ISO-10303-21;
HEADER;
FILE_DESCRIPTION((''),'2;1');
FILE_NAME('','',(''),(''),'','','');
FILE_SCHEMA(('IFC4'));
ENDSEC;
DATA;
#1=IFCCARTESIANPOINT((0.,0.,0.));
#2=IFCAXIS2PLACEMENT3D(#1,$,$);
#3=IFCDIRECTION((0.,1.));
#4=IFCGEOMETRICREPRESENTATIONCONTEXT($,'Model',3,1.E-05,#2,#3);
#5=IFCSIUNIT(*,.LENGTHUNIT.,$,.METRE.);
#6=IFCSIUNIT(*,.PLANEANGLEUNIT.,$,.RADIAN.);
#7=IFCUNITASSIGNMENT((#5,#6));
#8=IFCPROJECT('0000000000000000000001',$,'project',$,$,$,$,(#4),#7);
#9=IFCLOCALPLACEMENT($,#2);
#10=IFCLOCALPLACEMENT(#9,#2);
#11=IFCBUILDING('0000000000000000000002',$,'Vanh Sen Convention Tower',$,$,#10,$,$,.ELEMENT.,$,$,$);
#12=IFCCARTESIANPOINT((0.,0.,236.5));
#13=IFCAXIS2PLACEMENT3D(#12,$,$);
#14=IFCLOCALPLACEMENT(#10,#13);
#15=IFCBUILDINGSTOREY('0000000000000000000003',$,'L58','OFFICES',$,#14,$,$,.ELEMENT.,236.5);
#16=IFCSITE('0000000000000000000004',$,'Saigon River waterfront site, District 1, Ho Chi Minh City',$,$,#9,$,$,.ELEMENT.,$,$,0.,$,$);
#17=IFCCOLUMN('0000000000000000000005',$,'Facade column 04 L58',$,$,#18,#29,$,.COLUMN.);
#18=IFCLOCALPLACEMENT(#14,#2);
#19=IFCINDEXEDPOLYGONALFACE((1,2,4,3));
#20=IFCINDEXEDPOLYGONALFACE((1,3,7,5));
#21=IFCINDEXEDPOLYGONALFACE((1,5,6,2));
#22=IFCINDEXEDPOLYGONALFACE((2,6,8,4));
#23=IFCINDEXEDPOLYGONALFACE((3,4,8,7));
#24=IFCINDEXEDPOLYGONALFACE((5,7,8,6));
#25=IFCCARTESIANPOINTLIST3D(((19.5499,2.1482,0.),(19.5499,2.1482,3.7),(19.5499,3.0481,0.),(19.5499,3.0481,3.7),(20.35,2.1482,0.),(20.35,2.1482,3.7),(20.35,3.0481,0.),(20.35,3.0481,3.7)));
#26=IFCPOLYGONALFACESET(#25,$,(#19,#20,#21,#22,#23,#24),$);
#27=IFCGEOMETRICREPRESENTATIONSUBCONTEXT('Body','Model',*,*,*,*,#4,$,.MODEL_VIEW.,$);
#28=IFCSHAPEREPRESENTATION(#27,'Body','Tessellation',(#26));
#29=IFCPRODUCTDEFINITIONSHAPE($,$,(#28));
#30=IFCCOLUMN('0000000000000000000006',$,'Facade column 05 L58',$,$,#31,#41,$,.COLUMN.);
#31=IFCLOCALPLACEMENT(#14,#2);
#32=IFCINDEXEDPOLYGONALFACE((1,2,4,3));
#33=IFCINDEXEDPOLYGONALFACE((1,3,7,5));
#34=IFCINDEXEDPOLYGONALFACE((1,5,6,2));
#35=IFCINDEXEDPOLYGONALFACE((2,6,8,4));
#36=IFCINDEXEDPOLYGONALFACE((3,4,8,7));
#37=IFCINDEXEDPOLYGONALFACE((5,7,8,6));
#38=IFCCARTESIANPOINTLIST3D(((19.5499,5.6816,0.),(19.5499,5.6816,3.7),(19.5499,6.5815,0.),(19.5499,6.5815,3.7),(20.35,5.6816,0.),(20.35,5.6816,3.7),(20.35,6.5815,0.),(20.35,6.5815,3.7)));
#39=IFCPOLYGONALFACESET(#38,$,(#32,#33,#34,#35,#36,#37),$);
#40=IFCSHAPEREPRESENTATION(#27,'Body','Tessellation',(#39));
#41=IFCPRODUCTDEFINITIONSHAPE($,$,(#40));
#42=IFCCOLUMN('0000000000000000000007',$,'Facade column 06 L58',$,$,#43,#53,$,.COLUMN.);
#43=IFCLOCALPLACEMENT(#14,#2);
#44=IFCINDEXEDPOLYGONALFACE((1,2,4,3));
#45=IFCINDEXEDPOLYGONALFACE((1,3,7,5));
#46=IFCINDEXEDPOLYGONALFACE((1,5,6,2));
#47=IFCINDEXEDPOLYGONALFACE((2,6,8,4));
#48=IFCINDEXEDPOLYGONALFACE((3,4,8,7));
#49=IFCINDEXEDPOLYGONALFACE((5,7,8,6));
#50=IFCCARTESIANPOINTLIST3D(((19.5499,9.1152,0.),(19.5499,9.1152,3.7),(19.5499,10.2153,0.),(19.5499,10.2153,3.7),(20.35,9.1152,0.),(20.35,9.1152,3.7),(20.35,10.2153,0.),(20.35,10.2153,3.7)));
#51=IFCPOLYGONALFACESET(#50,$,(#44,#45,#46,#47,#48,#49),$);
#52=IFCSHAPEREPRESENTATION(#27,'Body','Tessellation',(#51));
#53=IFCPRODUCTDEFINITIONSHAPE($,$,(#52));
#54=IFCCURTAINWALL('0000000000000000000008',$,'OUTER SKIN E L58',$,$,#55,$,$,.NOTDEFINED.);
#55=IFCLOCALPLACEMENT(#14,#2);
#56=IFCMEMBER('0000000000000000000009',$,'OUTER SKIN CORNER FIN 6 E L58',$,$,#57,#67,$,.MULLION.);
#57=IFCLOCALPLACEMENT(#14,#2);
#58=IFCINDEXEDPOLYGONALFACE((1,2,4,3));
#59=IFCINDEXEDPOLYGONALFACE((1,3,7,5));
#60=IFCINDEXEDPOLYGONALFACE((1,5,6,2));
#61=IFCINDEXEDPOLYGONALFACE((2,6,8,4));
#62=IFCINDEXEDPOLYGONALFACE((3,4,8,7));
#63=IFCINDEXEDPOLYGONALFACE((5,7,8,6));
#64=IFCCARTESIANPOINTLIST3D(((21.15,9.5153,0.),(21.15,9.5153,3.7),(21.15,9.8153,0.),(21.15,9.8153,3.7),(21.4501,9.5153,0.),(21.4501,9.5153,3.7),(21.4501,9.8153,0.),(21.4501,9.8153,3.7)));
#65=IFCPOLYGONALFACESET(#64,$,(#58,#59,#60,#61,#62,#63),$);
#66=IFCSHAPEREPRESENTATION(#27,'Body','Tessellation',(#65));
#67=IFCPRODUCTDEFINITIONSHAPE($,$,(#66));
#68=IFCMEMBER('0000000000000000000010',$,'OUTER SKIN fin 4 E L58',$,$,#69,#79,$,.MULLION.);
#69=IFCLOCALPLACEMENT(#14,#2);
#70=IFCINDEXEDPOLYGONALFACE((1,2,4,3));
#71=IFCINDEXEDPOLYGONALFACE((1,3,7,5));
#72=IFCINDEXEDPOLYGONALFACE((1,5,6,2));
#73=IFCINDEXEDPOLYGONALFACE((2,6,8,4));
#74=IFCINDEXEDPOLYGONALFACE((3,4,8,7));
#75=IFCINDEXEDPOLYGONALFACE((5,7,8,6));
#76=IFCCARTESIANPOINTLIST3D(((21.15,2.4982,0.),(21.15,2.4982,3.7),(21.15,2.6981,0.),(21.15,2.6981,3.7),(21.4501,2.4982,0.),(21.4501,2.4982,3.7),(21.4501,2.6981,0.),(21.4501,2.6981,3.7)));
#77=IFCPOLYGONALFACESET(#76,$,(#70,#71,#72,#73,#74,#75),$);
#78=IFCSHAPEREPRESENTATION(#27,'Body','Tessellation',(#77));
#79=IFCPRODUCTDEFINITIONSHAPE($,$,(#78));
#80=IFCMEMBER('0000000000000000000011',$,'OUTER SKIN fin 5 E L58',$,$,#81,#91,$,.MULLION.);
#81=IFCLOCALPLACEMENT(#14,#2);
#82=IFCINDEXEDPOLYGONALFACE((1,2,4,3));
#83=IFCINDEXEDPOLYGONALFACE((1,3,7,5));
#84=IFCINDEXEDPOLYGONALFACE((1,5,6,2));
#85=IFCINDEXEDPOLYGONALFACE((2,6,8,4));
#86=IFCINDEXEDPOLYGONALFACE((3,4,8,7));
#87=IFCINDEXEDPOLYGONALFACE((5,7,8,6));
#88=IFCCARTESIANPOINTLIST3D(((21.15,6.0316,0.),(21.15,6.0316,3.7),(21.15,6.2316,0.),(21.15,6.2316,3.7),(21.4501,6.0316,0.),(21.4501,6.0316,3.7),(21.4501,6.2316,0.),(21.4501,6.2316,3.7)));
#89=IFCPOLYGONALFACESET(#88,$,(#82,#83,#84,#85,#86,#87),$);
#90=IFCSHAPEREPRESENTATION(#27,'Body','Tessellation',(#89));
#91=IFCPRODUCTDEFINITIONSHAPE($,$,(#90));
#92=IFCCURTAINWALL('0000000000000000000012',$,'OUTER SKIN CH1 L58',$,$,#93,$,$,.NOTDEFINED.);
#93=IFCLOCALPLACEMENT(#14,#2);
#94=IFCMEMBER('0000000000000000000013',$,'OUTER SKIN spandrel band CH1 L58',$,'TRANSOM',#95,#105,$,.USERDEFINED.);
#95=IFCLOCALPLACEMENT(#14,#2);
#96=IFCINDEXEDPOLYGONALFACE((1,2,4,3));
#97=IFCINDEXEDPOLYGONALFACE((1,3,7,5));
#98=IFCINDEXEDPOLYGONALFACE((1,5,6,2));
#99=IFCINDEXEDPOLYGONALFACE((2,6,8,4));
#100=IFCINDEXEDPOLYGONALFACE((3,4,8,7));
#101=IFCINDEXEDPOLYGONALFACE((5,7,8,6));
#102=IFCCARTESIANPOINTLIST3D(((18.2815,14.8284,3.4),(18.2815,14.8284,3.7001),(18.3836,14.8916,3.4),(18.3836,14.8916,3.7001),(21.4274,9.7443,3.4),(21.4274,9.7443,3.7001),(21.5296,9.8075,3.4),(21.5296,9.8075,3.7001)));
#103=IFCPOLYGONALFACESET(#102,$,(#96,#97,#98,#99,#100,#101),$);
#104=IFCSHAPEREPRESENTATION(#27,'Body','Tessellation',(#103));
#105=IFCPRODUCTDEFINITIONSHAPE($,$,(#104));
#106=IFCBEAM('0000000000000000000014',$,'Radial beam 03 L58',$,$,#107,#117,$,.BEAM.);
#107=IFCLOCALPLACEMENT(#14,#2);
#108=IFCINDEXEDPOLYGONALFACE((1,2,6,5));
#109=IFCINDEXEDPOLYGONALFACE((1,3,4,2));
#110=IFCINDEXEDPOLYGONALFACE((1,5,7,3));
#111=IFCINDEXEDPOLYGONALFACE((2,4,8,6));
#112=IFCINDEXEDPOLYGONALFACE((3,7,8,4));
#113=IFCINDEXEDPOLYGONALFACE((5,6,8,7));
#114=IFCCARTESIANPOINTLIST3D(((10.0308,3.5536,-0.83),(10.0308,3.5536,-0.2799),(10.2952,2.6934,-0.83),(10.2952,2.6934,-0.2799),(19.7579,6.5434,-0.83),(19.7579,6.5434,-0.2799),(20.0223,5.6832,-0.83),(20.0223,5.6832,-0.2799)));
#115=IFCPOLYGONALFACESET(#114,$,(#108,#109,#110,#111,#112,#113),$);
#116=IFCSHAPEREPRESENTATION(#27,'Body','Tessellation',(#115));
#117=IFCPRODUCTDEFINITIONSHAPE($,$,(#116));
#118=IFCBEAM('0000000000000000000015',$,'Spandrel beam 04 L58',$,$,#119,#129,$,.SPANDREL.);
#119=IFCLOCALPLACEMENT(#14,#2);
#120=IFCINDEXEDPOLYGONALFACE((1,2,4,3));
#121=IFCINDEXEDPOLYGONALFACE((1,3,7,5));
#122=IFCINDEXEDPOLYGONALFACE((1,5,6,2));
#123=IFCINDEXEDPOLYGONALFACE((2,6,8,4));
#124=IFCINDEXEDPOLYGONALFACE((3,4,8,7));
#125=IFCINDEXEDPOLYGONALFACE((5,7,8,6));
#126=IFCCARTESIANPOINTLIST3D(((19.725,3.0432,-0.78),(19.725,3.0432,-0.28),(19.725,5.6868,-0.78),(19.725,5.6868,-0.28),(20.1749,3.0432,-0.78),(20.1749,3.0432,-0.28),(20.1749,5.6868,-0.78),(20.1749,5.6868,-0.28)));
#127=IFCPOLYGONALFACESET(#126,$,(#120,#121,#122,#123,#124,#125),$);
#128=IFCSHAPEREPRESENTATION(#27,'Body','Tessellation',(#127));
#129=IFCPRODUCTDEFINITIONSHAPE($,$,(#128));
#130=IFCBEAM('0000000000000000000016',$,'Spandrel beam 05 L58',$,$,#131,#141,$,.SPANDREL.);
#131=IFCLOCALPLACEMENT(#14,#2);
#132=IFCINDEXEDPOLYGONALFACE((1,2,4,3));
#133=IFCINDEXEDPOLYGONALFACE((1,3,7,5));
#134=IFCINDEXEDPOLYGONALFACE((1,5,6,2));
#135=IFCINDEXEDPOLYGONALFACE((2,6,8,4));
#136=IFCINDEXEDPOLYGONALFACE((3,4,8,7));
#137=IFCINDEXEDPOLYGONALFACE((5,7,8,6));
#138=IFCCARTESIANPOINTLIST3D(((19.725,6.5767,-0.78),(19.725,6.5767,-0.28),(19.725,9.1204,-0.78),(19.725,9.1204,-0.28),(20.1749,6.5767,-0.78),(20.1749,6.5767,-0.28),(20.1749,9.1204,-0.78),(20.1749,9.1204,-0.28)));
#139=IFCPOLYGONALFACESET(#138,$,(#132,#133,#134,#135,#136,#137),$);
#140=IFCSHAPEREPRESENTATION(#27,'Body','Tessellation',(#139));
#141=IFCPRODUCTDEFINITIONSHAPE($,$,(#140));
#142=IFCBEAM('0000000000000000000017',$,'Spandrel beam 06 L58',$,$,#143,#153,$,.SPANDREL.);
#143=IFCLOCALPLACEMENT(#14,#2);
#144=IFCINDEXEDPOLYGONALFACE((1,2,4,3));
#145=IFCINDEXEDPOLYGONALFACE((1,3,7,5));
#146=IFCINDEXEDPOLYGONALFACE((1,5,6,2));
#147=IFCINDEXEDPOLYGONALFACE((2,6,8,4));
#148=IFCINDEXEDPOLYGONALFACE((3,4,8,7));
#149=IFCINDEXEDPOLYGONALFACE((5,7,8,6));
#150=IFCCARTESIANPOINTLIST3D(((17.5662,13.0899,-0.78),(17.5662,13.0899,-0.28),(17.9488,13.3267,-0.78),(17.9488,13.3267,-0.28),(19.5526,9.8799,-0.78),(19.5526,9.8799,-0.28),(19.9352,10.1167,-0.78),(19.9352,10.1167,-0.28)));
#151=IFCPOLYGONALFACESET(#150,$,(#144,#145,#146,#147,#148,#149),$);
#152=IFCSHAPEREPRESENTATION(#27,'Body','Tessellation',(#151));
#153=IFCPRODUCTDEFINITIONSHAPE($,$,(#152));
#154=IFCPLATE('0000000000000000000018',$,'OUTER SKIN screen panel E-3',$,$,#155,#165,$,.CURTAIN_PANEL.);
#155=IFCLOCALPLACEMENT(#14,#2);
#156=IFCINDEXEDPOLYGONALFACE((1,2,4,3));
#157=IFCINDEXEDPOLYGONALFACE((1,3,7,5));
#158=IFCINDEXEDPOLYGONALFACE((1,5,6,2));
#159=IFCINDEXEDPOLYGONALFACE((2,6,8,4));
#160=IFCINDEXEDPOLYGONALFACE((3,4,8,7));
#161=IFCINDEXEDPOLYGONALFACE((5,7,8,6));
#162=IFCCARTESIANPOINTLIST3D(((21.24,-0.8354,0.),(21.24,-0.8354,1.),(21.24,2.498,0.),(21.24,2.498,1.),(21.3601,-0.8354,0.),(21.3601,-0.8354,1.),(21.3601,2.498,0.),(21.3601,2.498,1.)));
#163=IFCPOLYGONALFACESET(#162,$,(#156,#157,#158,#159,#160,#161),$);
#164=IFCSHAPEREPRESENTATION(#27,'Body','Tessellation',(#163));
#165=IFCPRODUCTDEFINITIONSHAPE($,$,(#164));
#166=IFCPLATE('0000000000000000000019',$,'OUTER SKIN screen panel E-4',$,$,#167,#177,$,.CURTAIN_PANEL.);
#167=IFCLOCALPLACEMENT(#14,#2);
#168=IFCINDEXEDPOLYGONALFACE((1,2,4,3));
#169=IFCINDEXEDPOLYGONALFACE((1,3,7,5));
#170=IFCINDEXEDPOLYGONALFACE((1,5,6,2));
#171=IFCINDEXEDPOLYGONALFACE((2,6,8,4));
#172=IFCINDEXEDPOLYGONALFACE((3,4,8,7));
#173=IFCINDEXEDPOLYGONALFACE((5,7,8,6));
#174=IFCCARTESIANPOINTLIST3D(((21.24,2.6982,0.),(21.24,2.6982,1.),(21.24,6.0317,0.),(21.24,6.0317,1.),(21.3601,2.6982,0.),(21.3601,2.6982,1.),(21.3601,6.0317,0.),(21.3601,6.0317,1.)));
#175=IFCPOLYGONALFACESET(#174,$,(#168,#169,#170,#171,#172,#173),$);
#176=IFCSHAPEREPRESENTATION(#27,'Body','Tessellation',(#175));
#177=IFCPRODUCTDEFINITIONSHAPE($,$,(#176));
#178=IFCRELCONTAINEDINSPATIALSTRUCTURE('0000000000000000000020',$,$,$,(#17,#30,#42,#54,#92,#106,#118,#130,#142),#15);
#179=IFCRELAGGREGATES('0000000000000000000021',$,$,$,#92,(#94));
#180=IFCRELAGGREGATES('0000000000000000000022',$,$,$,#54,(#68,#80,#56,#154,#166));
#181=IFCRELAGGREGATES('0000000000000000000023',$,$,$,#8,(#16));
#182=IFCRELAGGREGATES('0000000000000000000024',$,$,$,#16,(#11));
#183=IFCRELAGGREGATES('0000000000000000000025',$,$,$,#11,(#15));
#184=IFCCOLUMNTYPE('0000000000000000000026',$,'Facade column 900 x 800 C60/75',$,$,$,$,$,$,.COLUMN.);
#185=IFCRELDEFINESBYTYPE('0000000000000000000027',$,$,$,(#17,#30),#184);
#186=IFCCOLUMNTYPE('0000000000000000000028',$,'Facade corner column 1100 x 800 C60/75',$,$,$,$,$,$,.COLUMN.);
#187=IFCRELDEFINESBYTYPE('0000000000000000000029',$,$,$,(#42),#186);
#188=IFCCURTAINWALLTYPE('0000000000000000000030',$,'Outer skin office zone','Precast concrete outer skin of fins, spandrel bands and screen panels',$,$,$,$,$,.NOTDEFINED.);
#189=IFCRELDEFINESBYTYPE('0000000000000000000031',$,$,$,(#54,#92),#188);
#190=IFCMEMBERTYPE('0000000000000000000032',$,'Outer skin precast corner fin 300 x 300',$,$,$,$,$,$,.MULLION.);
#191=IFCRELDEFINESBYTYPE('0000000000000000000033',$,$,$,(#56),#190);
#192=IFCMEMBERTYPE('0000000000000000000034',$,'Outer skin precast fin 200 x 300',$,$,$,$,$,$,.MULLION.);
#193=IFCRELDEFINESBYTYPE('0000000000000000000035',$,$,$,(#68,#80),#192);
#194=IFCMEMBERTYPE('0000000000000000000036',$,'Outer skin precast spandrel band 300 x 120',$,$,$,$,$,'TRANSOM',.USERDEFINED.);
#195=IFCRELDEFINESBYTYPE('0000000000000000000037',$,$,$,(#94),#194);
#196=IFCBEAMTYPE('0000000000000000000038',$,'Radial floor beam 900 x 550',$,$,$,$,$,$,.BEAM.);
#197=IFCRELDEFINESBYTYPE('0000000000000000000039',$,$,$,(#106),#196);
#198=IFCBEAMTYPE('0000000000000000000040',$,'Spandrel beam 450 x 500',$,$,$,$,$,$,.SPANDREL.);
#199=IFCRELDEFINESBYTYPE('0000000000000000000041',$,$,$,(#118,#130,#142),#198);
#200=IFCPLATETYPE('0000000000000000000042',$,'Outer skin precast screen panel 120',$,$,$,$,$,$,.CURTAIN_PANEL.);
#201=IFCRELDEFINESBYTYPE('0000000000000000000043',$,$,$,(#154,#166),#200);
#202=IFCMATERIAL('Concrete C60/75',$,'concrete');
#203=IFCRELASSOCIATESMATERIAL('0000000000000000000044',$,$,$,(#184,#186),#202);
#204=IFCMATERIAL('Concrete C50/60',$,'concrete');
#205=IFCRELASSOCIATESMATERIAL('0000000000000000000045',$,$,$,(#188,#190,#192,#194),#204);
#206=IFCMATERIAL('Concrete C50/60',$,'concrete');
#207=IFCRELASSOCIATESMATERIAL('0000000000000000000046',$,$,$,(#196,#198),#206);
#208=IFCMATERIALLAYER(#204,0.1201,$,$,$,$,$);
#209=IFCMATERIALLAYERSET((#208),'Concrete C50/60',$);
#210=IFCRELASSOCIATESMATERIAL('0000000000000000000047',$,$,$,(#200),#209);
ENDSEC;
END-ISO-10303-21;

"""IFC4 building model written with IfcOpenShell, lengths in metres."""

from ifc_helpers import new_model, si_unit, direction, frame, origin, origin_2d, place, context, subcontext, project, spatial, rectangle, extrude, material, layer, layer_set, material_profile, profile_set, type_object, element, aggregate, save


model = new_model("IFC4")

# Units and contexts
model_context = context("Model", 3, precision=1e-05, world=origin(), true_north=direction((0.0, 1.0)))
body_context = subcontext(model_context, "Body", "Model", "MODEL_VIEW")
ifc_project = project(units=[si_unit("LENGTHUNIT", "METRE"), si_unit("PLANEANGLEUNIT", "RADIAN")], contexts=[model_context])

# Site, building, storey
site_placement = place(None, origin())
site = spatial("IfcSite", under=ifc_project, at=site_placement, Name="Saigon River waterfront site, District 1, Ho Chi Minh City", CompositionType="ELEMENT", RefElevation=0.0)
building_placement = place(site_placement, origin())
building = spatial("IfcBuilding", under=site, at=building_placement, Name="Vanh Sen Convention Tower", CompositionType="ELEMENT")
storey_placement = place(building_placement, frame((0.0, 0.0, 236.5)))
storey = spatial("IfcBuildingStorey", under=building, at=storey_placement, Name="L58", Description="OFFICES", CompositionType="ELEMENT", Elevation=236.5)

# Columns
ifc_material_1 = material(Name="Concrete C60/75", Category="concrete")
ifc_material_profile_1 = material_profile(ifc_material_1, rectangle(XDim=0.8999, YDim=0.8, at=origin_2d()), Name="RC 900X800")
ifc_profile_set_1 = profile_set([ifc_material_profile_1], Name="Concrete C60/75")
column_type_1 = type_object("IfcColumnType", Name="Facade column 900 x 800 C60/75", PredefinedType="COLUMN", material=ifc_profile_set_1)
for number, where, z_axis, x_axis, name in (
    (1, (19.95, 2.5981, 0.0), (0.0, 0.0, 1.0), (0.0, 1.0, 0.0), "Facade column 04 L58"),
    (2, (19.95, 6.1316, 0.0), (0.0, 0.0, 1.0), (0.0, 1.0, 0.0), "Facade column 05 L58"),
):
    element("IfcColumn", number, at=place(storey_placement, frame(where, z_axis=z_axis, x_axis=x_axis)), inside=storey, type_object=column_type_1, Name=name, PredefinedType="COLUMN", context=body_context, shape_type="SweptSolid", body=[
        extrude(rectangle(XDim=0.8999, YDim=0.8, at=origin_2d()), origin(), (0.0, 0.0, 1.0), 3.7),
    ])
ifc_material_profile_2 = material_profile(ifc_material_1, rectangle(XDim=1.1001, YDim=0.8, at=origin_2d()), Name="RC 1100X800")
ifc_profile_set_2 = profile_set([ifc_material_profile_2], Name="Concrete C60/75")
column_type_2 = type_object("IfcColumnType", Name="Facade corner column 1100 x 800 C60/75", PredefinedType="COLUMN", material=ifc_profile_set_2)
column_placement = place(storey_placement, frame((19.95, 9.6653, 0.0), z_axis=(0.0, 0.0, 1.0), x_axis=(0.0, 1.0, 0.0)))
element("IfcColumn", 3, at=column_placement, inside=storey, type_object=column_type_2, Name="Facade column 06 L58", PredefinedType="COLUMN", context=body_context, shape_type="SweptSolid", body=[
    extrude(rectangle(XDim=1.1001, YDim=0.8, at=origin_2d()), origin(), (0.0, 0.0, 1.0), 3.7),
])

# Curtain wall, members
ifc_material_2 = material(Name="Concrete C50/60", Category="concrete")
curtain_wall_type = type_object("IfcCurtainWallType", Name="Outer skin office zone", Description="Precast concrete outer skin of fins, spandrel bands and screen panels", PredefinedType="NOTDEFINED", material=ifc_material_2)
curtain_wall_1_placement = place(storey_placement, origin())
curtain_wall_1 = element("IfcCurtainWall", 4, at=curtain_wall_1_placement, inside=storey, type_object=curtain_wall_type, Name="OUTER SKIN E L58", PredefinedType="NOTDEFINED")
ifc_material_profile_3 = material_profile(ifc_material_2, rectangle(XDim=0.3, YDim=0.3, at=origin_2d()), Name="Outer skin precast corner fin 300 x 300")
ifc_profile_set_3 = profile_set([ifc_material_profile_3], Name="Concrete C50/60")
member_type_1 = type_object("IfcMemberType", Name="Outer skin precast corner fin 300 x 300", PredefinedType="MULLION", material=ifc_profile_set_3)
member_1_placement = place(storey_placement, frame((21.3, 9.6653, 0.0), z_axis=(0.0, 0.0, 1.0), x_axis=(0.0, 1.0, 0.0)))
member_1 = element("IfcMember", 5, at=member_1_placement, type_object=member_type_1, Name="OUTER SKIN CORNER FIN 6 E L58", PredefinedType="MULLION", context=body_context, shape_type="SweptSolid", body=[
    extrude(rectangle(XDim=0.3, YDim=0.3, at=origin_2d()), origin(), (0.0, 0.0, 1.0), 3.7),
])
ifc_material_profile_4 = material_profile(ifc_material_2, rectangle(XDim=0.2, YDim=0.3, at=origin_2d()), Name="Outer skin precast fin 200 x 300")
ifc_profile_set_4 = profile_set([ifc_material_profile_4], Name="Concrete C50/60")
member_type_2 = type_object("IfcMemberType", Name="Outer skin precast fin 200 x 300", PredefinedType="MULLION", material=ifc_profile_set_4)
member_2_placement = place(storey_placement, frame((21.3, 2.5981, 0.0), z_axis=(0.0, 0.0, 1.0), x_axis=(0.0, 1.0, 0.0)))
member_2 = element("IfcMember", 6, at=member_2_placement, type_object=member_type_2, Name="OUTER SKIN fin 4 E L58", PredefinedType="MULLION", context=body_context, shape_type="SweptSolid", body=[
    extrude(rectangle(XDim=0.2, YDim=0.3, at=origin_2d()), origin(), (0.0, 0.0, 1.0), 3.7),
])
member_3_placement = place(storey_placement, frame((21.3, 6.1316, 0.0), z_axis=(0.0, 0.0, 1.0), x_axis=(0.0, 1.0, 0.0)))
member_3 = element("IfcMember", 7, at=member_3_placement, type_object=member_type_2, Name="OUTER SKIN fin 5 E L58", PredefinedType="MULLION", context=body_context, shape_type="SweptSolid", body=[
    extrude(rectangle(XDim=0.2, YDim=0.3, at=origin_2d()), origin(), (0.0, 0.0, 1.0), 3.7),
])

# Curtain wall, member
curtain_wall_2_placement = place(storey_placement, origin())
curtain_wall_2 = element("IfcCurtainWall", 8, at=curtain_wall_2_placement, inside=storey, type_object=curtain_wall_type, Name="OUTER SKIN CH1 L58", PredefinedType="NOTDEFINED")
ifc_material_profile_5 = material_profile(ifc_material_2, rectangle(XDim=0.1201, YDim=0.3, at=origin_2d()), Name="Outer skin precast spandrel band 300 x 120")
ifc_profile_set_5 = profile_set([ifc_material_profile_5], Name="Concrete C50/60")
member_type_3 = type_object("IfcMemberType", Name="Outer skin precast spandrel band 300 x 120", ElementType="TRANSOM", PredefinedType="USERDEFINED", material=ifc_profile_set_5)
member_4_placement = place(storey_placement, frame((21.4785, 9.7759, 3.55), z_axis=(-0.526187, 0.850369, 0.0), x_axis=(-0.850369, -0.526187, 0.0)))
member_4 = element("IfcMember", 9, at=member_4_placement, type_object=member_type_3, Name="OUTER SKIN spandrel band CH1 L58", ObjectType="TRANSOM", PredefinedType="USERDEFINED", context=body_context, shape_type="SweptSolid", body=[
    extrude(rectangle(XDim=0.1201, YDim=0.3, at=origin_2d()), origin(), (0.0, 0.0, 1.0), 5.9788),
])
aggregate(curtain_wall_2, [member_4])

# Beams
ifc_material_3 = material(Name="Concrete C50/60", Category="concrete")
ifc_material_profile_6 = material_profile(ifc_material_3, rectangle(XDim=0.8999, YDim=0.55, at=origin_2d()), Name="RC 900X550")
ifc_profile_set_6 = profile_set([ifc_material_profile_6], Name="Concrete C50/60")
beam_type_1 = type_object("IfcBeamType", Name="Radial floor beam 900 x 550", PredefinedType="BEAM", material=ifc_profile_set_6)
beam_1_placement = place(storey_placement, frame((19.8901, 6.1133, -0.5549), z_axis=(-0.955867, -0.293799, 0.0), x_axis=(0.293799, -0.955867, 0.0)))
element("IfcBeam", 10, at=beam_1_placement, inside=storey, type_object=beam_type_1, Name="Radial beam 03 L58", PredefinedType="BEAM", context=body_context, shape_type="SweptSolid", body=[
    extrude(rectangle(XDim=0.8999, YDim=0.55, at=origin_2d()), origin(), (0.0, 0.0, 1.0), 10.1763),
])
ifc_material_profile_7 = material_profile(ifc_material_3, rectangle(XDim=0.45, YDim=0.5, at=origin_2d()), Name="RC 450X500")
ifc_profile_set_7 = profile_set([ifc_material_profile_7], Name="Concrete C50/60")
beam_type_2 = type_object("IfcBeamType", Name="Spandrel beam 450 x 500", PredefinedType="SPANDREL", material=ifc_profile_set_7)
beam_2_placement = place(storey_placement, frame((19.95, 3.0432, -0.53), z_axis=(0.0, 1.0, 0.0), x_axis=(-1.0, 0.0, 0.0)))
element("IfcBeam", 11, at=beam_2_placement, inside=storey, type_object=beam_type_2, Name="Spandrel beam 04 L58", PredefinedType="SPANDREL", context=body_context, shape_type="SweptSolid", body=[
    extrude(rectangle(XDim=0.45, YDim=0.5, at=origin_2d()), origin(), (0.0, 0.0, 1.0), 2.6436),
])
beam_3_placement = place(storey_placement, frame((19.95, 6.5767, -0.53), z_axis=(0.0, 1.0, 0.0), x_axis=(-1.0, 0.0, 0.0)))
element("IfcBeam", 12, at=beam_3_placement, inside=storey, type_object=beam_type_2, Name="Spandrel beam 05 L58", PredefinedType="SPANDREL", context=body_context, shape_type="SweptSolid", body=[
    extrude(rectangle(XDim=0.45, YDim=0.5, at=origin_2d()), origin(), (0.0, 0.0, 1.0), 2.5437),
])
beam_4_placement = place(storey_placement, frame((19.7439, 9.9983, -0.53), z_axis=(-0.526203, 0.850359, 0.0), x_axis=(-0.850359, -0.526203, 0.0)))
element("IfcBeam", 13, at=beam_4_placement, inside=storey, type_object=beam_type_2, Name="Spandrel beam 06 L58", PredefinedType="SPANDREL", context=body_context, shape_type="SweptSolid", body=[
    extrude(rectangle(XDim=0.45, YDim=0.5, at=origin_2d()), origin(), (0.0, 0.0, 1.0), 3.7749),
])

# Plates
ifc_layer_1 = layer(ifc_material_2, 0.1201)
ifc_layer_set_1 = layer_set([ifc_layer_1], Name="Concrete C50/60")
plate_type = type_object("IfcPlateType", Name="Outer skin precast screen panel 120", PredefinedType="CURTAIN_PANEL", material=ifc_layer_set_1)
plate_1_placement = place(storey_placement, frame((21.3, 0.8313, 0.0), z_axis=(0.0, 0.0, 1.0), x_axis=(0.0, 1.0, 0.0)))
plate_1 = element("IfcPlate", 14, at=plate_1_placement, type_object=plate_type, Name="OUTER SKIN screen panel E-3", PredefinedType="CURTAIN_PANEL", context=body_context, shape_type="SweptSolid", body=[
    extrude(rectangle(XDim=3.3335, YDim=0.1201, at=origin_2d()), origin(), (0.0, 0.0, 1.0), 1.0),
])
plate_2_placement = place(storey_placement, frame((21.3, 4.365, 0.0), z_axis=(0.0, 0.0, 1.0), x_axis=(0.0, 1.0, 0.0)))
plate_2 = element("IfcPlate", 15, at=plate_2_placement, type_object=plate_type, Name="OUTER SKIN screen panel E-4", PredefinedType="CURTAIN_PANEL", context=body_context, shape_type="SweptSolid", body=[
    extrude(rectangle(XDim=3.3335, YDim=0.1201, at=origin_2d()), origin(), (0.0, 0.0, 1.0), 1.0),
])
aggregate(curtain_wall_1, [member_2, member_3, member_1, plate_1, plate_2])

save(model, "model.ifc")
